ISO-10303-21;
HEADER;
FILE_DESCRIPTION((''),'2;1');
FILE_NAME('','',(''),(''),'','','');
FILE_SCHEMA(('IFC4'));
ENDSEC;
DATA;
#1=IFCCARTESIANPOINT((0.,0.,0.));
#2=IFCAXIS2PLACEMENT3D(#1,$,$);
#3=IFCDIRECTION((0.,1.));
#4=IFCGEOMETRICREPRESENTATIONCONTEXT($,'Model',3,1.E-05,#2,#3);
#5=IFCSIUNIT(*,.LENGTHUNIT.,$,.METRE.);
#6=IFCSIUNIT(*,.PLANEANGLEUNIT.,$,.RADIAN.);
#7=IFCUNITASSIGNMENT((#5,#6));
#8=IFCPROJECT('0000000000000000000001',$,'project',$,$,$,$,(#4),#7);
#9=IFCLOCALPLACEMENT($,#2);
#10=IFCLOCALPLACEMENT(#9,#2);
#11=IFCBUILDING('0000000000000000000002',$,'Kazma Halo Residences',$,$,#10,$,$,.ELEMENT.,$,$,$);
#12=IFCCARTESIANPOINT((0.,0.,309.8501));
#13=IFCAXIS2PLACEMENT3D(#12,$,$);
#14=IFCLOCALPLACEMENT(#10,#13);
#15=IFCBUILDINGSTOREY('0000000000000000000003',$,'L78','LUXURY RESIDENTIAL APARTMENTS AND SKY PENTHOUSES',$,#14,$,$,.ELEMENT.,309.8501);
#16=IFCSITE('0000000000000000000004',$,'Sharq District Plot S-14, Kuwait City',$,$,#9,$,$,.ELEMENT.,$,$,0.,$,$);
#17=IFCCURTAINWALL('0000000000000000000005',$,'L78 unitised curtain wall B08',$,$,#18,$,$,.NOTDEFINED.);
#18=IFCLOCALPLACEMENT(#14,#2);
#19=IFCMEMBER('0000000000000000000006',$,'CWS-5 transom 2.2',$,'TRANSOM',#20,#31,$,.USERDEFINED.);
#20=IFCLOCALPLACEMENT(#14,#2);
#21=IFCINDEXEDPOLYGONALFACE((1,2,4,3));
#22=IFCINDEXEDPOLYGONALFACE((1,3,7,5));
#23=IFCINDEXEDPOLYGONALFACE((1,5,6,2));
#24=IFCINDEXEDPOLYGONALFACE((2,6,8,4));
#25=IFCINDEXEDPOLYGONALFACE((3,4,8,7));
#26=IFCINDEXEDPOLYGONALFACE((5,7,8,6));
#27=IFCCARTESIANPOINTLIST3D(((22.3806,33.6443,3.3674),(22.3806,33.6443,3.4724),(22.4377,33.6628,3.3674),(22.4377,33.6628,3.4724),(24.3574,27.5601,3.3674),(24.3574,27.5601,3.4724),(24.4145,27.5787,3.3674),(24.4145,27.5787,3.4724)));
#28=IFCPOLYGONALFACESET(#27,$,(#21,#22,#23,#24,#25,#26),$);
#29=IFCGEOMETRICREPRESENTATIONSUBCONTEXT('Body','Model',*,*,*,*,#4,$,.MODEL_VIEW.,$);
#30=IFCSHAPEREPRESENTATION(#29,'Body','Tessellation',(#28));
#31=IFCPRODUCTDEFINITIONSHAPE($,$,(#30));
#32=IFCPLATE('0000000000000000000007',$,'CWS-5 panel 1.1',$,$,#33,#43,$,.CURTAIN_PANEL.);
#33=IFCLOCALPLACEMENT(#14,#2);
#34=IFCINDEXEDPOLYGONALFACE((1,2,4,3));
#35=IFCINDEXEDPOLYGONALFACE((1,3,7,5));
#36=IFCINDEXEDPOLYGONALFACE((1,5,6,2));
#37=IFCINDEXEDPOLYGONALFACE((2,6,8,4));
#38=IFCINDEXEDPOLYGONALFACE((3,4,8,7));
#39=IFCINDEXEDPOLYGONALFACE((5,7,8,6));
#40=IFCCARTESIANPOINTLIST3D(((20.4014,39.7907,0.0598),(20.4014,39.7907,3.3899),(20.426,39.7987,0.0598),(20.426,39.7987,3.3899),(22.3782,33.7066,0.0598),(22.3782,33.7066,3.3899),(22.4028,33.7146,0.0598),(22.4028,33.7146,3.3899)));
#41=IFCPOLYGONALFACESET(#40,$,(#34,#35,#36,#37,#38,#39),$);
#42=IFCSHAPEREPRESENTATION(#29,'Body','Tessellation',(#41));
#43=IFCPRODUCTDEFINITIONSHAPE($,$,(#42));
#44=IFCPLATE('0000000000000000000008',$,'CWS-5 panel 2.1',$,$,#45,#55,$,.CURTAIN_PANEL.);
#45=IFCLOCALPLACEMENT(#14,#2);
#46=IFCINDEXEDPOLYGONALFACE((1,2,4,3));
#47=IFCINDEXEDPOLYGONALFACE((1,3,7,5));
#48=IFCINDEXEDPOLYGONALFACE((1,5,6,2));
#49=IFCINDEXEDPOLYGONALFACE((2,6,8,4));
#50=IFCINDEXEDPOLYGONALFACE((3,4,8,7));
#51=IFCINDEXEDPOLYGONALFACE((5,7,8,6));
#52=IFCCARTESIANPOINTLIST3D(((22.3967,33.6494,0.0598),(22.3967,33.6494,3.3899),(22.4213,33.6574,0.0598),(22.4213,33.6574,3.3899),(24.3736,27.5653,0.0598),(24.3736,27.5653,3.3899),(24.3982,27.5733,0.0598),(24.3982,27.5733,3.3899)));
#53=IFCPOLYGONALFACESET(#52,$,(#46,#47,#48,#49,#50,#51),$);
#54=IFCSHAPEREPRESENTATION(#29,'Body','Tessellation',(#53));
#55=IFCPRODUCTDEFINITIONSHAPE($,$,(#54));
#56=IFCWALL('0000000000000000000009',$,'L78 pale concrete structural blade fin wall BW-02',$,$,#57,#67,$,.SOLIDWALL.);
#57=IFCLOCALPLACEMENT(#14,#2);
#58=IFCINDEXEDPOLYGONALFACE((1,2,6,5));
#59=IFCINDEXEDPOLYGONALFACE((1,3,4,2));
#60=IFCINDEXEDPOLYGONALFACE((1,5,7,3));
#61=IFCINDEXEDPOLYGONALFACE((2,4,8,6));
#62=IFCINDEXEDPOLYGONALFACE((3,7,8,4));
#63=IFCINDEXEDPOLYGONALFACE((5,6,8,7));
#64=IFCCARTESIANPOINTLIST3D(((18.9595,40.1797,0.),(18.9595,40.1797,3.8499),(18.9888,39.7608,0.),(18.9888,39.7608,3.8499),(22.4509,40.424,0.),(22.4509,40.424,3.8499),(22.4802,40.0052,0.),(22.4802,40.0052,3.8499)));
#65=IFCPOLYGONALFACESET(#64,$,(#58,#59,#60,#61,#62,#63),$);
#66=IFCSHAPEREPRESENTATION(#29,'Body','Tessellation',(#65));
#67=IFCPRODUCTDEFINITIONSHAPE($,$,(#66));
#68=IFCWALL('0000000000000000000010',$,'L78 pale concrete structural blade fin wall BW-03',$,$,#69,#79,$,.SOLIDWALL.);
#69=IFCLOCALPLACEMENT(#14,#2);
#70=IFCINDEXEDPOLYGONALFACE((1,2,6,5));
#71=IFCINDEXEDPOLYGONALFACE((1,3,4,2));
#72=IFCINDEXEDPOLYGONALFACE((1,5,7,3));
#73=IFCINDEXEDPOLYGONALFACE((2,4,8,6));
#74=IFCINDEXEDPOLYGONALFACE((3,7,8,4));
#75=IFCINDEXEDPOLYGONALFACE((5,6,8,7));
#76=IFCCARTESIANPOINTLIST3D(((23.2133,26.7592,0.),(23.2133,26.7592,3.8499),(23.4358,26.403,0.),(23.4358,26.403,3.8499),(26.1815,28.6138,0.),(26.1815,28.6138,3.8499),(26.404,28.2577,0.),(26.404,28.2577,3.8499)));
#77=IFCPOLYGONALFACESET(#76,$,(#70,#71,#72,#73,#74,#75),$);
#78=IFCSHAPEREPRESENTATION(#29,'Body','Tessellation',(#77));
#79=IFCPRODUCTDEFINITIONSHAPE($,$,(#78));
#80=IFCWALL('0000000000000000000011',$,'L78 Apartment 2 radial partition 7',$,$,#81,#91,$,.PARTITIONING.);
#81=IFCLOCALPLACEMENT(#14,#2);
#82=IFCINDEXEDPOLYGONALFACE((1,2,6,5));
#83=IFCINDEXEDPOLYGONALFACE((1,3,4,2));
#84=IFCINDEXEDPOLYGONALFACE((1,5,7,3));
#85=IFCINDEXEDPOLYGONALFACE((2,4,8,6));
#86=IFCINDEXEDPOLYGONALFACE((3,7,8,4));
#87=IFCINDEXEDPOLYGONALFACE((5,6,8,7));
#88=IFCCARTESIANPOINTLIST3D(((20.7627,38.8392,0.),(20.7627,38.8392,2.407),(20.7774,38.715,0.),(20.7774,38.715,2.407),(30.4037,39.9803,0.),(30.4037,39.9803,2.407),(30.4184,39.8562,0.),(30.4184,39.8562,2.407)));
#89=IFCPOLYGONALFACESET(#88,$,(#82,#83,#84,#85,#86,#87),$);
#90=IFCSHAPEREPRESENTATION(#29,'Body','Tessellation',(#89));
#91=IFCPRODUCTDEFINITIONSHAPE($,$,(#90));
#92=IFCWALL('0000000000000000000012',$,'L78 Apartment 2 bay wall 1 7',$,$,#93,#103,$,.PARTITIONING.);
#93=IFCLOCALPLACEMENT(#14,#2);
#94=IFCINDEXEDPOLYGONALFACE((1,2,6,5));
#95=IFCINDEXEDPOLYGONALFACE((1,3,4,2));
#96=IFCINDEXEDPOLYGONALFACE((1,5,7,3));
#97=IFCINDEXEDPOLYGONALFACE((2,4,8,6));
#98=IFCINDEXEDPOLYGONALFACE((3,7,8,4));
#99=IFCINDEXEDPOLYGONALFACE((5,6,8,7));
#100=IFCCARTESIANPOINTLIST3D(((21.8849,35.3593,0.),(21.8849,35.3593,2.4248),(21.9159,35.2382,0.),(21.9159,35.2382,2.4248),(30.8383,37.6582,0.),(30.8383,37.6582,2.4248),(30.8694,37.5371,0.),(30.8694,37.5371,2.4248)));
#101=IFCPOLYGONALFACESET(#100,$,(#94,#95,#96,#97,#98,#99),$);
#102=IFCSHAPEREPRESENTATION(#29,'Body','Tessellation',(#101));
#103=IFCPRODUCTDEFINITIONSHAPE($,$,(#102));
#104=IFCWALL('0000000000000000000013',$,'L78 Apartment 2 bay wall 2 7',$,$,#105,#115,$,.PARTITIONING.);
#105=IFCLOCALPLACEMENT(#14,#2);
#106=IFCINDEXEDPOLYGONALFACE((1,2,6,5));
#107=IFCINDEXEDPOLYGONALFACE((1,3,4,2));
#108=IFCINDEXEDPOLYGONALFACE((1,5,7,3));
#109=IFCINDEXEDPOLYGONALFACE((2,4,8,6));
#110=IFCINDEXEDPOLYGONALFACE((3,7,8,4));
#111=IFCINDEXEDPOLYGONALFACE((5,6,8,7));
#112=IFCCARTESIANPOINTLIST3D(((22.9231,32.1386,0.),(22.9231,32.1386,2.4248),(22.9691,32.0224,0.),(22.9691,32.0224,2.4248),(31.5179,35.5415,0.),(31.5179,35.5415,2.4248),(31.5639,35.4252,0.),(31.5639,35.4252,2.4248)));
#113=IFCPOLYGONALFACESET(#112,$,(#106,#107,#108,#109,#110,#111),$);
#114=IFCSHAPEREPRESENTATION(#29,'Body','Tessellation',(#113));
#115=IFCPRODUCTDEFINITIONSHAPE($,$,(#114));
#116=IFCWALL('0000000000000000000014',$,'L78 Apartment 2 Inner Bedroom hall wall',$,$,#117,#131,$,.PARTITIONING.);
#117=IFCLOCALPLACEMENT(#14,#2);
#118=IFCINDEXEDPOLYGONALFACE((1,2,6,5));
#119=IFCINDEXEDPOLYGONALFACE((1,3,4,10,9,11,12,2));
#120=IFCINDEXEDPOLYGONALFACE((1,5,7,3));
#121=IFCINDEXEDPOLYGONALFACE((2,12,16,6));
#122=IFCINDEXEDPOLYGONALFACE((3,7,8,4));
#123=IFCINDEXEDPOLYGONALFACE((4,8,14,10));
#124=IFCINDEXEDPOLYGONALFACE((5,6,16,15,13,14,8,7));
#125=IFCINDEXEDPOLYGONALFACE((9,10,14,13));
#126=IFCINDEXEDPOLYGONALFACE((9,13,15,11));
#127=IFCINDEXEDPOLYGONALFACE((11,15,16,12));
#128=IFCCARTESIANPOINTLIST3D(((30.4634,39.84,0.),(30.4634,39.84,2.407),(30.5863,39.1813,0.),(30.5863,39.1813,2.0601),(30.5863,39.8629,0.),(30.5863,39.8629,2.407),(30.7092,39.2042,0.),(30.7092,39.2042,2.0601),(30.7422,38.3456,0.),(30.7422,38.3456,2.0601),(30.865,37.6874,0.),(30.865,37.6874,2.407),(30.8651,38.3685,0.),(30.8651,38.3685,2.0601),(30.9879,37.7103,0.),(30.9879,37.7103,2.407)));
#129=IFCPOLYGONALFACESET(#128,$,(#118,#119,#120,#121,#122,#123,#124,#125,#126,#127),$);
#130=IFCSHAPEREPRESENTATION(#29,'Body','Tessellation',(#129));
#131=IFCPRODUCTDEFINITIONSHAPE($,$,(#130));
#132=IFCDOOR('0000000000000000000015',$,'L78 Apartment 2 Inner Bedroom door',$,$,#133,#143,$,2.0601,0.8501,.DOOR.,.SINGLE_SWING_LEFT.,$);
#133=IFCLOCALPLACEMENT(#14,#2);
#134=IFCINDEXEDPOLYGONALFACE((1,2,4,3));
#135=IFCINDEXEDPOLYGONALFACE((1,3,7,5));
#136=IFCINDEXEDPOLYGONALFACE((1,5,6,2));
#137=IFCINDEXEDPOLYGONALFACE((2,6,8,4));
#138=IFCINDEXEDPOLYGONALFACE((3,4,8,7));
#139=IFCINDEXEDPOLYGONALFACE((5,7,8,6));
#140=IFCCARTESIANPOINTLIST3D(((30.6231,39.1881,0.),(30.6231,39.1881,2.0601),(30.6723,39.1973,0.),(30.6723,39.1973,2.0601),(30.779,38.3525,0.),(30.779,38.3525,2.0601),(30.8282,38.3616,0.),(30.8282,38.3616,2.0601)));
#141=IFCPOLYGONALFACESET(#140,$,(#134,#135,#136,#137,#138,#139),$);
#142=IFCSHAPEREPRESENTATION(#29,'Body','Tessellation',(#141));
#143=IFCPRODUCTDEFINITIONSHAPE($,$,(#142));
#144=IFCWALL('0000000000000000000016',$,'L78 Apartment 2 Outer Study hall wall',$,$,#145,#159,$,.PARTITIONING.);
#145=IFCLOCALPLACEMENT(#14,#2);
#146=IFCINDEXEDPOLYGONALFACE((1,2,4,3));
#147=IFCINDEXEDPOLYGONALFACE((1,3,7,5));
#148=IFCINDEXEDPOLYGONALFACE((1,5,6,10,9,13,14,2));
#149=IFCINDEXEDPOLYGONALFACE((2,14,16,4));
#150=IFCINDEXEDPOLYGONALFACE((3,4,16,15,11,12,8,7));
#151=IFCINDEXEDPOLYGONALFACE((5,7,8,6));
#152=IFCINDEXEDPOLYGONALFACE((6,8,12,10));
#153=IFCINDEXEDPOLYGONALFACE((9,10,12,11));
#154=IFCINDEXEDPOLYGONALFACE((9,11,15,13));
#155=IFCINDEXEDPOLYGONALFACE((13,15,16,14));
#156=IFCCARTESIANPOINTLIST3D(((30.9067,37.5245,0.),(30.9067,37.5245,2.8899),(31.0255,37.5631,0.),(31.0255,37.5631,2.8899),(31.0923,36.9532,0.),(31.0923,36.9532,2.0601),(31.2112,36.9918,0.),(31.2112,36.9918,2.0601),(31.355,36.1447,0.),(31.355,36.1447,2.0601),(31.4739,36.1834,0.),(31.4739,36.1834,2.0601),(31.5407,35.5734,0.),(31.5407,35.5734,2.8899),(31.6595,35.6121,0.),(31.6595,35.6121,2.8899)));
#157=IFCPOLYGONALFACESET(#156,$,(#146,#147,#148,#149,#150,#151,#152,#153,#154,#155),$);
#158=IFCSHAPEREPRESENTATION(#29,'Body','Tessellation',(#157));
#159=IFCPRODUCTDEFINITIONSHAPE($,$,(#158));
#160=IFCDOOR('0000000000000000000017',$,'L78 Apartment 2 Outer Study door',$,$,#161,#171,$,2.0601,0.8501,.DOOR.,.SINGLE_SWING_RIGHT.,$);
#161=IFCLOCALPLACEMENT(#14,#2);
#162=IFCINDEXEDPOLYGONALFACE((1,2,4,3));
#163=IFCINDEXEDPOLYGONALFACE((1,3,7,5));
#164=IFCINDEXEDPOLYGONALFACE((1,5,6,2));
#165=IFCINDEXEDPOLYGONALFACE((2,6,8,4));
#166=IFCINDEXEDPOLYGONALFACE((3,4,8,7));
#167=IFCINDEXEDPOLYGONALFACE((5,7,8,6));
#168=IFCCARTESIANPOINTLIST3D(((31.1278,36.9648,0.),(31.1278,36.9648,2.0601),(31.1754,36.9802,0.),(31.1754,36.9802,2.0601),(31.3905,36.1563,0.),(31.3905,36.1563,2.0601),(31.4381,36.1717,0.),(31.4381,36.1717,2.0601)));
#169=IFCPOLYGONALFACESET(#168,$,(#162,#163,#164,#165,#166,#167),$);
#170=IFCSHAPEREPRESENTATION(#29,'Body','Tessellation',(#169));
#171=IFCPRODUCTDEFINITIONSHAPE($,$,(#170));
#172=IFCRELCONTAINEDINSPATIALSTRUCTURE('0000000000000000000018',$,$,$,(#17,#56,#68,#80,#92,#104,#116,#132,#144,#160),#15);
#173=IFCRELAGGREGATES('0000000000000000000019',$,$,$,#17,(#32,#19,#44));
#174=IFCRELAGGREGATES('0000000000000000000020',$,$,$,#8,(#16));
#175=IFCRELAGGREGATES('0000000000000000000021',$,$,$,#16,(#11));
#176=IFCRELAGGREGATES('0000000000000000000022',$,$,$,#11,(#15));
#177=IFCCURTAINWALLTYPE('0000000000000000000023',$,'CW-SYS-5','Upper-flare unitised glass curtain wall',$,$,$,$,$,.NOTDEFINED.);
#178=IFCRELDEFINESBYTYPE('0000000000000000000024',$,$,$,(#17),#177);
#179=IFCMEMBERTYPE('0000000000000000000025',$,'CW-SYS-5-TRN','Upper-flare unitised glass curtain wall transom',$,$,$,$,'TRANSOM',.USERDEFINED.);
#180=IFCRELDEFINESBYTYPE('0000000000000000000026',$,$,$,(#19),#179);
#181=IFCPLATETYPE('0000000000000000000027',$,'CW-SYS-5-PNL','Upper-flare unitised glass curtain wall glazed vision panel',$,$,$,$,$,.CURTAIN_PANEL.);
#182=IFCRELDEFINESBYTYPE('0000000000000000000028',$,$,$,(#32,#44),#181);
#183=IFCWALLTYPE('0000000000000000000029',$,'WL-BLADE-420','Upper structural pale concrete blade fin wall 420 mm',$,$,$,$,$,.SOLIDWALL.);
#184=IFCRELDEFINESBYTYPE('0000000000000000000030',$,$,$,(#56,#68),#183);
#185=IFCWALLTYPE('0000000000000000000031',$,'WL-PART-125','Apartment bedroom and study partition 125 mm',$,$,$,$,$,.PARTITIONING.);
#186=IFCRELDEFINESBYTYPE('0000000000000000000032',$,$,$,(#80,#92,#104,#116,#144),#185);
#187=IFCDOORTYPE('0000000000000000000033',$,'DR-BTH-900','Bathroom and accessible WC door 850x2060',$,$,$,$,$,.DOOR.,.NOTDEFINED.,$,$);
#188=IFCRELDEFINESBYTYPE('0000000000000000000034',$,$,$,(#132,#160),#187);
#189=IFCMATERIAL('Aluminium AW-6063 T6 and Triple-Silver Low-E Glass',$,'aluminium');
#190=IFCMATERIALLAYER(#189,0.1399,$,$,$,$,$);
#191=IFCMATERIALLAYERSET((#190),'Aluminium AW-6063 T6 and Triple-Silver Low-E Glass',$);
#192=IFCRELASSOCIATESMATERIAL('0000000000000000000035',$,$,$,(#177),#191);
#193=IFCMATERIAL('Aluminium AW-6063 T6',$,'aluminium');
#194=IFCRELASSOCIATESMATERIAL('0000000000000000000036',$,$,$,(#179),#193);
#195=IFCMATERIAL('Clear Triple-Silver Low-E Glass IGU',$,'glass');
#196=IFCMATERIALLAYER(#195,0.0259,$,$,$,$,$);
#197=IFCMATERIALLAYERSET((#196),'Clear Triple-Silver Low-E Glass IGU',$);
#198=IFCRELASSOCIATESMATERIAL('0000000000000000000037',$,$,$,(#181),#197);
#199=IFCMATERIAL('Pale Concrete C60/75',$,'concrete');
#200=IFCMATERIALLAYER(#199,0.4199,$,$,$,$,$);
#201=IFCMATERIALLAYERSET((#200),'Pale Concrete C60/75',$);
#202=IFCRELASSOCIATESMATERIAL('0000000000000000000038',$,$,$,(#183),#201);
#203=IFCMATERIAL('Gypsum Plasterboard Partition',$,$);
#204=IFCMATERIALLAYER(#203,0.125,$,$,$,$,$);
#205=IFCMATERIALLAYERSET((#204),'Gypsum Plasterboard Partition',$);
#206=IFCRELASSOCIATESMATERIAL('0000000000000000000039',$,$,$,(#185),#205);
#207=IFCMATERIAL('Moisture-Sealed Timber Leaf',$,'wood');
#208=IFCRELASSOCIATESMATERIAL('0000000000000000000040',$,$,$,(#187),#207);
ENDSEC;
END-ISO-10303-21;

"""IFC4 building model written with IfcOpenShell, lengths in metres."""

from ifc_helpers import new_model, si_unit, direction, frame, frame_2d, origin, origin_2d, place, context, subcontext, project, spatial, rectangle, extrude, material, layer, layer_set, material_profile, profile_set, type_object, element, fill, aggregate, save


model = new_model("IFC4")

# Units and contexts
model_context = context("Model", 3, precision=1e-05, world=origin(), true_north=direction((0.0, 1.0)))
body_context = subcontext(model_context, "Body", "Model", "MODEL_VIEW")
ifc_project = project(units=[si_unit("LENGTHUNIT", "METRE"), si_unit("PLANEANGLEUNIT", "RADIAN")], contexts=[model_context])

# Site, building, storey
site_placement = place(None, origin())
site = spatial("IfcSite", under=ifc_project, at=site_placement, Name="Sharq District Plot S-14, Kuwait City", CompositionType="ELEMENT", RefElevation=0.0)
building_placement = place(site_placement, origin())
building = spatial("IfcBuilding", under=site, at=building_placement, Name="Kazma Halo Residences", CompositionType="ELEMENT")
storey_placement = place(building_placement, frame((0.0, 0.0, 309.8501)))
storey = spatial("IfcBuildingStorey", under=building, at=storey_placement, Name="L78", Description="LUXURY RESIDENTIAL APARTMENTS AND SKY PENTHOUSES", CompositionType="ELEMENT", Elevation=309.8501)

# Shared definitions
ifc_material_1 = material(Name="Aluminium AW-6063 T6 and Triple-Silver Low-E Glass", Category="aluminium")
ifc_layer_1 = layer(ifc_material_1, 0.1399)
ifc_layer_set_1 = layer_set([ifc_layer_1], Name="Aluminium AW-6063 T6 and Triple-Silver Low-E Glass")
curtain_wall_type = type_object("IfcCurtainWallType", Name="CW-SYS-5", Description="Upper-flare unitised glass curtain wall", PredefinedType="NOTDEFINED", material=ifc_layer_set_1)
ifc_material_2 = material(Name="Aluminium AW-6063 T6", Category="aluminium")

# Curtain wall, member, plates
curtain_wall_1_placement = place(storey_placement, origin())
curtain_wall_1 = element("IfcCurtainWall", 1, at=curtain_wall_1_placement, inside=storey, type_object=curtain_wall_type, Name="L78 unitised curtain wall B08", PredefinedType="NOTDEFINED")
ifc_material_profile_1 = material_profile(ifc_material_2, rectangle(XDim=0.0601, YDim=0.105, at=origin_2d()), Name="CWT-60x105")
ifc_profile_set_1 = profile_set([ifc_material_profile_1], Name="Aluminium AW-6063 T6")
member_type_1 = type_object("IfcMemberType", Name="CW-SYS-5-TRN", Description="Upper-flare unitised glass curtain wall transom", ElementType="TRANSOM", PredefinedType="USERDEFINED", material=ifc_profile_set_1)
member_1_placement = place(storey_placement, frame((22.4092, 33.6536, 3.4199), z_axis=(0.309006, -0.95106, 0.0), x_axis=(0.95106, 0.309006, 0.0)))
member_1 = element("IfcMember", 2, at=member_1_placement, type_object=member_type_1, Name="CWS-5 transom 2.2", ObjectType="TRANSOM", PredefinedType="USERDEFINED", context=body_context, shape_type="SweptSolid", body=[
    extrude(rectangle(XDim=0.0601, YDim=0.105, at=origin_2d()), origin(), (0.0, 0.0, 1.0), 6.3972),
])
ifc_material_3 = material(Name="Clear Triple-Silver Low-E Glass IGU", Category="glass")
ifc_layer_2 = layer(ifc_material_3, 0.0259)
ifc_layer_set_2 = layer_set([ifc_layer_2], Name="Clear Triple-Silver Low-E Glass IGU")
plate_type = type_object("IfcPlateType", Name="CW-SYS-5-PNL", Description="Upper-flare unitised glass curtain wall glazed vision panel", PredefinedType="CURTAIN_PANEL", material=ifc_layer_set_2)
plate_1_placement = place(storey_placement, frame((21.4021, 36.7527, 0.0598), z_axis=(0.0, 0.0, 1.0), x_axis=(0.309016, -0.951057, 0.0)))
plate_1 = element("IfcPlate", 3, at=plate_1_placement, type_object=plate_type, Name="CWS-5 panel 1.1", PredefinedType="CURTAIN_PANEL", context=body_context, shape_type="SweptSolid", body=[
    extrude(rectangle(XDim=6.3972, YDim=0.0259, at=origin_2d()), origin(), (0.0, 0.0, 1.0), 3.3301),
])
plate_2_placement = place(storey_placement, frame((23.3975, 30.6113, 0.0598), z_axis=(0.0, 0.0, 1.0), x_axis=(0.309016, -0.951057, 0.0)))
plate_2 = element("IfcPlate", 4, at=plate_2_placement, type_object=plate_type, Name="CWS-5 panel 2.1", PredefinedType="CURTAIN_PANEL", context=body_context, shape_type="SweptSolid", body=[
    extrude(rectangle(XDim=6.3972, YDim=0.0259, at=origin_2d()), origin(), (0.0, 0.0, 1.0), 3.3301),
])
aggregate(curtain_wall_1, [plate_1, member_1, plate_2])

# Walls
ifc_material_4 = material(Name="Pale Concrete C60/75", Category="concrete")
ifc_layer_3 = layer(ifc_material_4, 0.4199)
ifc_layer_set_3 = layer_set([ifc_layer_3], Name="Pale Concrete C60/75")
wall_type_1 = type_object("IfcWallType", Name="WL-BLADE-420", Description="Upper structural pale concrete blade fin wall 420 mm", PredefinedType="SOLIDWALL", material=ifc_layer_set_3)
for number, where, z_axis, x_axis, name in (
    (5, (22.4656, 40.2146, 0.0), (0.0, 0.0, 1.0), (-0.997559, -0.069824, 0.0), "L78 pale concrete structural blade fin wall BW-02"),
    (6, (26.2927, 28.4358, 0.0), (0.0, 0.0, 1.0), (-0.848053, -0.529911, 0.0), "L78 pale concrete structural blade fin wall BW-03"),
):
    element("IfcWall", number, at=place(storey_placement, frame(where, z_axis=z_axis, x_axis=x_axis)), inside=storey, type_object=wall_type_1, Name=name, PredefinedType="SOLIDWALL", context=body_context, shape_type="SweptSolid", body=[
        extrude(rectangle(XDim=3.5, YDim=0.4199, at=frame_2d((1.75, 0.0))), origin(), (0.0, 0.0, 1.0), 3.8499),
    ])
ifc_material_5 = material(Name="Gypsum Plasterboard Partition")
ifc_layer_4 = layer(ifc_material_5, 0.125)
ifc_layer_set_4 = layer_set([ifc_layer_4], Name="Gypsum Plasterboard Partition")
wall_type_2 = type_object("IfcWallType", Name="WL-PART-125", Description="Apartment bedroom and study partition 125 mm", PredefinedType="PARTITIONING", material=ifc_layer_set_4)
wall_1_placement = place(storey_placement, frame((30.4109, 39.9182, 0.0), z_axis=(0.0, 0.0, 1.0), x_axis=(-0.993068, -0.117542, 0.0)))
element("IfcWall", 7, at=wall_1_placement, inside=storey, type_object=wall_type_2, Name="L78 Apartment 2 radial partition 7", PredefinedType="PARTITIONING", context=body_context, shape_type="SweptSolid", body=[
    extrude(rectangle(XDim=9.7083, YDim=0.125, at=frame_2d((4.854, 0.0))), origin(), (0.0, 0.0, 1.0), 2.407),
])
for number, where, z_axis, x_axis, name in (
    (8, (30.854, 37.5977, 0.0), (0.0, 0.0, 1.0), (-0.968583, -0.248689, 0.0), "L78 Apartment 2 bay wall 1 7"),
    (9, (31.541, 35.4834, 0.0), (0.0, 0.0, 1.0), (-0.929779, -0.368119, 0.0), "L78 Apartment 2 bay wall 2 7"),
):
    element("IfcWall", number, at=place(storey_placement, frame(where, z_axis=z_axis, x_axis=x_axis)), inside=storey, type_object=wall_type_2, Name=name, PredefinedType="PARTITIONING", context=body_context, shape_type="SweptSolid", body=[
        extrude(rectangle(XDim=9.2439, YDim=0.125, at=frame_2d((4.6221, 0.0))), origin(), (0.0, 0.0, 1.0), 2.4248),
    ])

# Walls, openings, doors
wall_2_placement = place(storey_placement, frame((30.5249, 39.8513, 0.0), z_axis=(0.0, 0.0, 1.0), x_axis=(0.183407, -0.983037, 0.0)))
wall_2 = element("IfcWall", 10, at=wall_2_placement, inside=storey, type_object=wall_type_2, Name="L78 Apartment 2 Inner Bedroom hall wall", PredefinedType="PARTITIONING", context=body_context, shape_type="SweptSolid", body=[
    extrude(rectangle(XDim=2.1897, YDim=0.125, at=frame_2d((1.0947, 0.0))), origin(), (0.0, 0.0, 1.0), 2.407),
])
opening_1_placement = place(wall_2_placement, frame((0.6699, 0.0, 0.0)))
opening_1 = element("IfcOpeningElement", 11, at=opening_1_placement, cuts=wall_2, PredefinedType="OPENING", context=body_context, shape_type="SweptSolid", body=[
    extrude(rectangle(XDim=0.8501, YDim=2.0601, at=frame_2d((0.425, 1.03))), frame((0.0, 0.0725, 0.0), z_axis=(0.0, -1.0, 0.0), x_axis=(1.0, 0.0, 0.0)), (0.0, 0.0, 1.0), 0.145),
])
ifc_material_6 = material(Name="Moisture-Sealed Timber Leaf", Category="wood")
door_type = type_object("IfcDoorType", Name="DR-BTH-900", Description="Bathroom and accessible WC door 850x2060", OperationType="NOTDEFINED", PredefinedType="DOOR", material=ifc_material_6)
door_1_placement = place(opening_1_placement, origin())
door_1 = element("IfcDoor", 12, at=door_1_placement, inside=storey, type_object=door_type, Name="L78 Apartment 2 Inner Bedroom door", OperationType="SINGLE_SWING_LEFT", OverallHeight=2.0601, OverallWidth=0.8501, PredefinedType="DOOR", context=body_context, shape_type="SweptSolid", body=[
    extrude(rectangle(XDim=0.8501, YDim=2.0601, at=frame_2d((0.425, 1.03))), frame((0.0, 0.0249, 0.0), z_axis=(0.0, -1.0, 0.0), x_axis=(1.0, 0.0, 0.0)), (0.0, 0.0, 1.0), 0.05),
])
fill(opening_1, door_1)
wall_3_placement = place(storey_placement, frame((30.9661, 37.5439, 0.0), z_axis=(0.0, 0.0, 1.0), x_axis=(0.309043, -0.951048, 0.0)))
wall_3 = element("IfcWall", 13, at=wall_3_placement, inside=storey, type_object=wall_type_2, Name="L78 Apartment 2 Outer Study hall wall", PredefinedType="PARTITIONING", context=body_context, shape_type="SweptSolid", body=[
    extrude(rectangle(XDim=2.0515, YDim=0.125, at=frame_2d((1.0259, 0.0))), origin(), (0.0, 0.0, 1.0), 2.8899),
])
opening_2_placement = place(wall_3_placement, frame((0.6008, 0.0, 0.0)))
opening_2 = element("IfcOpeningElement", 14, at=opening_2_placement, cuts=wall_3, PredefinedType="OPENING", context=body_context, shape_type="SweptSolid", body=[
    extrude(rectangle(XDim=0.8501, YDim=2.0601, at=frame_2d((0.425, 1.03))), frame((0.0, 0.0725, 0.0), z_axis=(0.0, -1.0, 0.0), x_axis=(1.0, 0.0, 0.0)), (0.0, 0.0, 1.0), 0.145),
])
door_2_placement = place(opening_2_placement, origin())
door_2 = element("IfcDoor", 15, at=door_2_placement, inside=storey, type_object=door_type, Name="L78 Apartment 2 Outer Study door", OperationType="SINGLE_SWING_RIGHT", OverallHeight=2.0601, OverallWidth=0.8501, PredefinedType="DOOR", context=body_context, shape_type="SweptSolid", body=[
    extrude(rectangle(XDim=0.8501, YDim=2.0601, at=frame_2d((0.425, 1.03))), frame((0.0, 0.0249, 0.0), z_axis=(0.0, -1.0, 0.0), x_axis=(1.0, 0.0, 0.0)), (0.0, 0.0, 1.0), 0.05),
])
fill(opening_2, door_2)

save(model, "model.ifc")
